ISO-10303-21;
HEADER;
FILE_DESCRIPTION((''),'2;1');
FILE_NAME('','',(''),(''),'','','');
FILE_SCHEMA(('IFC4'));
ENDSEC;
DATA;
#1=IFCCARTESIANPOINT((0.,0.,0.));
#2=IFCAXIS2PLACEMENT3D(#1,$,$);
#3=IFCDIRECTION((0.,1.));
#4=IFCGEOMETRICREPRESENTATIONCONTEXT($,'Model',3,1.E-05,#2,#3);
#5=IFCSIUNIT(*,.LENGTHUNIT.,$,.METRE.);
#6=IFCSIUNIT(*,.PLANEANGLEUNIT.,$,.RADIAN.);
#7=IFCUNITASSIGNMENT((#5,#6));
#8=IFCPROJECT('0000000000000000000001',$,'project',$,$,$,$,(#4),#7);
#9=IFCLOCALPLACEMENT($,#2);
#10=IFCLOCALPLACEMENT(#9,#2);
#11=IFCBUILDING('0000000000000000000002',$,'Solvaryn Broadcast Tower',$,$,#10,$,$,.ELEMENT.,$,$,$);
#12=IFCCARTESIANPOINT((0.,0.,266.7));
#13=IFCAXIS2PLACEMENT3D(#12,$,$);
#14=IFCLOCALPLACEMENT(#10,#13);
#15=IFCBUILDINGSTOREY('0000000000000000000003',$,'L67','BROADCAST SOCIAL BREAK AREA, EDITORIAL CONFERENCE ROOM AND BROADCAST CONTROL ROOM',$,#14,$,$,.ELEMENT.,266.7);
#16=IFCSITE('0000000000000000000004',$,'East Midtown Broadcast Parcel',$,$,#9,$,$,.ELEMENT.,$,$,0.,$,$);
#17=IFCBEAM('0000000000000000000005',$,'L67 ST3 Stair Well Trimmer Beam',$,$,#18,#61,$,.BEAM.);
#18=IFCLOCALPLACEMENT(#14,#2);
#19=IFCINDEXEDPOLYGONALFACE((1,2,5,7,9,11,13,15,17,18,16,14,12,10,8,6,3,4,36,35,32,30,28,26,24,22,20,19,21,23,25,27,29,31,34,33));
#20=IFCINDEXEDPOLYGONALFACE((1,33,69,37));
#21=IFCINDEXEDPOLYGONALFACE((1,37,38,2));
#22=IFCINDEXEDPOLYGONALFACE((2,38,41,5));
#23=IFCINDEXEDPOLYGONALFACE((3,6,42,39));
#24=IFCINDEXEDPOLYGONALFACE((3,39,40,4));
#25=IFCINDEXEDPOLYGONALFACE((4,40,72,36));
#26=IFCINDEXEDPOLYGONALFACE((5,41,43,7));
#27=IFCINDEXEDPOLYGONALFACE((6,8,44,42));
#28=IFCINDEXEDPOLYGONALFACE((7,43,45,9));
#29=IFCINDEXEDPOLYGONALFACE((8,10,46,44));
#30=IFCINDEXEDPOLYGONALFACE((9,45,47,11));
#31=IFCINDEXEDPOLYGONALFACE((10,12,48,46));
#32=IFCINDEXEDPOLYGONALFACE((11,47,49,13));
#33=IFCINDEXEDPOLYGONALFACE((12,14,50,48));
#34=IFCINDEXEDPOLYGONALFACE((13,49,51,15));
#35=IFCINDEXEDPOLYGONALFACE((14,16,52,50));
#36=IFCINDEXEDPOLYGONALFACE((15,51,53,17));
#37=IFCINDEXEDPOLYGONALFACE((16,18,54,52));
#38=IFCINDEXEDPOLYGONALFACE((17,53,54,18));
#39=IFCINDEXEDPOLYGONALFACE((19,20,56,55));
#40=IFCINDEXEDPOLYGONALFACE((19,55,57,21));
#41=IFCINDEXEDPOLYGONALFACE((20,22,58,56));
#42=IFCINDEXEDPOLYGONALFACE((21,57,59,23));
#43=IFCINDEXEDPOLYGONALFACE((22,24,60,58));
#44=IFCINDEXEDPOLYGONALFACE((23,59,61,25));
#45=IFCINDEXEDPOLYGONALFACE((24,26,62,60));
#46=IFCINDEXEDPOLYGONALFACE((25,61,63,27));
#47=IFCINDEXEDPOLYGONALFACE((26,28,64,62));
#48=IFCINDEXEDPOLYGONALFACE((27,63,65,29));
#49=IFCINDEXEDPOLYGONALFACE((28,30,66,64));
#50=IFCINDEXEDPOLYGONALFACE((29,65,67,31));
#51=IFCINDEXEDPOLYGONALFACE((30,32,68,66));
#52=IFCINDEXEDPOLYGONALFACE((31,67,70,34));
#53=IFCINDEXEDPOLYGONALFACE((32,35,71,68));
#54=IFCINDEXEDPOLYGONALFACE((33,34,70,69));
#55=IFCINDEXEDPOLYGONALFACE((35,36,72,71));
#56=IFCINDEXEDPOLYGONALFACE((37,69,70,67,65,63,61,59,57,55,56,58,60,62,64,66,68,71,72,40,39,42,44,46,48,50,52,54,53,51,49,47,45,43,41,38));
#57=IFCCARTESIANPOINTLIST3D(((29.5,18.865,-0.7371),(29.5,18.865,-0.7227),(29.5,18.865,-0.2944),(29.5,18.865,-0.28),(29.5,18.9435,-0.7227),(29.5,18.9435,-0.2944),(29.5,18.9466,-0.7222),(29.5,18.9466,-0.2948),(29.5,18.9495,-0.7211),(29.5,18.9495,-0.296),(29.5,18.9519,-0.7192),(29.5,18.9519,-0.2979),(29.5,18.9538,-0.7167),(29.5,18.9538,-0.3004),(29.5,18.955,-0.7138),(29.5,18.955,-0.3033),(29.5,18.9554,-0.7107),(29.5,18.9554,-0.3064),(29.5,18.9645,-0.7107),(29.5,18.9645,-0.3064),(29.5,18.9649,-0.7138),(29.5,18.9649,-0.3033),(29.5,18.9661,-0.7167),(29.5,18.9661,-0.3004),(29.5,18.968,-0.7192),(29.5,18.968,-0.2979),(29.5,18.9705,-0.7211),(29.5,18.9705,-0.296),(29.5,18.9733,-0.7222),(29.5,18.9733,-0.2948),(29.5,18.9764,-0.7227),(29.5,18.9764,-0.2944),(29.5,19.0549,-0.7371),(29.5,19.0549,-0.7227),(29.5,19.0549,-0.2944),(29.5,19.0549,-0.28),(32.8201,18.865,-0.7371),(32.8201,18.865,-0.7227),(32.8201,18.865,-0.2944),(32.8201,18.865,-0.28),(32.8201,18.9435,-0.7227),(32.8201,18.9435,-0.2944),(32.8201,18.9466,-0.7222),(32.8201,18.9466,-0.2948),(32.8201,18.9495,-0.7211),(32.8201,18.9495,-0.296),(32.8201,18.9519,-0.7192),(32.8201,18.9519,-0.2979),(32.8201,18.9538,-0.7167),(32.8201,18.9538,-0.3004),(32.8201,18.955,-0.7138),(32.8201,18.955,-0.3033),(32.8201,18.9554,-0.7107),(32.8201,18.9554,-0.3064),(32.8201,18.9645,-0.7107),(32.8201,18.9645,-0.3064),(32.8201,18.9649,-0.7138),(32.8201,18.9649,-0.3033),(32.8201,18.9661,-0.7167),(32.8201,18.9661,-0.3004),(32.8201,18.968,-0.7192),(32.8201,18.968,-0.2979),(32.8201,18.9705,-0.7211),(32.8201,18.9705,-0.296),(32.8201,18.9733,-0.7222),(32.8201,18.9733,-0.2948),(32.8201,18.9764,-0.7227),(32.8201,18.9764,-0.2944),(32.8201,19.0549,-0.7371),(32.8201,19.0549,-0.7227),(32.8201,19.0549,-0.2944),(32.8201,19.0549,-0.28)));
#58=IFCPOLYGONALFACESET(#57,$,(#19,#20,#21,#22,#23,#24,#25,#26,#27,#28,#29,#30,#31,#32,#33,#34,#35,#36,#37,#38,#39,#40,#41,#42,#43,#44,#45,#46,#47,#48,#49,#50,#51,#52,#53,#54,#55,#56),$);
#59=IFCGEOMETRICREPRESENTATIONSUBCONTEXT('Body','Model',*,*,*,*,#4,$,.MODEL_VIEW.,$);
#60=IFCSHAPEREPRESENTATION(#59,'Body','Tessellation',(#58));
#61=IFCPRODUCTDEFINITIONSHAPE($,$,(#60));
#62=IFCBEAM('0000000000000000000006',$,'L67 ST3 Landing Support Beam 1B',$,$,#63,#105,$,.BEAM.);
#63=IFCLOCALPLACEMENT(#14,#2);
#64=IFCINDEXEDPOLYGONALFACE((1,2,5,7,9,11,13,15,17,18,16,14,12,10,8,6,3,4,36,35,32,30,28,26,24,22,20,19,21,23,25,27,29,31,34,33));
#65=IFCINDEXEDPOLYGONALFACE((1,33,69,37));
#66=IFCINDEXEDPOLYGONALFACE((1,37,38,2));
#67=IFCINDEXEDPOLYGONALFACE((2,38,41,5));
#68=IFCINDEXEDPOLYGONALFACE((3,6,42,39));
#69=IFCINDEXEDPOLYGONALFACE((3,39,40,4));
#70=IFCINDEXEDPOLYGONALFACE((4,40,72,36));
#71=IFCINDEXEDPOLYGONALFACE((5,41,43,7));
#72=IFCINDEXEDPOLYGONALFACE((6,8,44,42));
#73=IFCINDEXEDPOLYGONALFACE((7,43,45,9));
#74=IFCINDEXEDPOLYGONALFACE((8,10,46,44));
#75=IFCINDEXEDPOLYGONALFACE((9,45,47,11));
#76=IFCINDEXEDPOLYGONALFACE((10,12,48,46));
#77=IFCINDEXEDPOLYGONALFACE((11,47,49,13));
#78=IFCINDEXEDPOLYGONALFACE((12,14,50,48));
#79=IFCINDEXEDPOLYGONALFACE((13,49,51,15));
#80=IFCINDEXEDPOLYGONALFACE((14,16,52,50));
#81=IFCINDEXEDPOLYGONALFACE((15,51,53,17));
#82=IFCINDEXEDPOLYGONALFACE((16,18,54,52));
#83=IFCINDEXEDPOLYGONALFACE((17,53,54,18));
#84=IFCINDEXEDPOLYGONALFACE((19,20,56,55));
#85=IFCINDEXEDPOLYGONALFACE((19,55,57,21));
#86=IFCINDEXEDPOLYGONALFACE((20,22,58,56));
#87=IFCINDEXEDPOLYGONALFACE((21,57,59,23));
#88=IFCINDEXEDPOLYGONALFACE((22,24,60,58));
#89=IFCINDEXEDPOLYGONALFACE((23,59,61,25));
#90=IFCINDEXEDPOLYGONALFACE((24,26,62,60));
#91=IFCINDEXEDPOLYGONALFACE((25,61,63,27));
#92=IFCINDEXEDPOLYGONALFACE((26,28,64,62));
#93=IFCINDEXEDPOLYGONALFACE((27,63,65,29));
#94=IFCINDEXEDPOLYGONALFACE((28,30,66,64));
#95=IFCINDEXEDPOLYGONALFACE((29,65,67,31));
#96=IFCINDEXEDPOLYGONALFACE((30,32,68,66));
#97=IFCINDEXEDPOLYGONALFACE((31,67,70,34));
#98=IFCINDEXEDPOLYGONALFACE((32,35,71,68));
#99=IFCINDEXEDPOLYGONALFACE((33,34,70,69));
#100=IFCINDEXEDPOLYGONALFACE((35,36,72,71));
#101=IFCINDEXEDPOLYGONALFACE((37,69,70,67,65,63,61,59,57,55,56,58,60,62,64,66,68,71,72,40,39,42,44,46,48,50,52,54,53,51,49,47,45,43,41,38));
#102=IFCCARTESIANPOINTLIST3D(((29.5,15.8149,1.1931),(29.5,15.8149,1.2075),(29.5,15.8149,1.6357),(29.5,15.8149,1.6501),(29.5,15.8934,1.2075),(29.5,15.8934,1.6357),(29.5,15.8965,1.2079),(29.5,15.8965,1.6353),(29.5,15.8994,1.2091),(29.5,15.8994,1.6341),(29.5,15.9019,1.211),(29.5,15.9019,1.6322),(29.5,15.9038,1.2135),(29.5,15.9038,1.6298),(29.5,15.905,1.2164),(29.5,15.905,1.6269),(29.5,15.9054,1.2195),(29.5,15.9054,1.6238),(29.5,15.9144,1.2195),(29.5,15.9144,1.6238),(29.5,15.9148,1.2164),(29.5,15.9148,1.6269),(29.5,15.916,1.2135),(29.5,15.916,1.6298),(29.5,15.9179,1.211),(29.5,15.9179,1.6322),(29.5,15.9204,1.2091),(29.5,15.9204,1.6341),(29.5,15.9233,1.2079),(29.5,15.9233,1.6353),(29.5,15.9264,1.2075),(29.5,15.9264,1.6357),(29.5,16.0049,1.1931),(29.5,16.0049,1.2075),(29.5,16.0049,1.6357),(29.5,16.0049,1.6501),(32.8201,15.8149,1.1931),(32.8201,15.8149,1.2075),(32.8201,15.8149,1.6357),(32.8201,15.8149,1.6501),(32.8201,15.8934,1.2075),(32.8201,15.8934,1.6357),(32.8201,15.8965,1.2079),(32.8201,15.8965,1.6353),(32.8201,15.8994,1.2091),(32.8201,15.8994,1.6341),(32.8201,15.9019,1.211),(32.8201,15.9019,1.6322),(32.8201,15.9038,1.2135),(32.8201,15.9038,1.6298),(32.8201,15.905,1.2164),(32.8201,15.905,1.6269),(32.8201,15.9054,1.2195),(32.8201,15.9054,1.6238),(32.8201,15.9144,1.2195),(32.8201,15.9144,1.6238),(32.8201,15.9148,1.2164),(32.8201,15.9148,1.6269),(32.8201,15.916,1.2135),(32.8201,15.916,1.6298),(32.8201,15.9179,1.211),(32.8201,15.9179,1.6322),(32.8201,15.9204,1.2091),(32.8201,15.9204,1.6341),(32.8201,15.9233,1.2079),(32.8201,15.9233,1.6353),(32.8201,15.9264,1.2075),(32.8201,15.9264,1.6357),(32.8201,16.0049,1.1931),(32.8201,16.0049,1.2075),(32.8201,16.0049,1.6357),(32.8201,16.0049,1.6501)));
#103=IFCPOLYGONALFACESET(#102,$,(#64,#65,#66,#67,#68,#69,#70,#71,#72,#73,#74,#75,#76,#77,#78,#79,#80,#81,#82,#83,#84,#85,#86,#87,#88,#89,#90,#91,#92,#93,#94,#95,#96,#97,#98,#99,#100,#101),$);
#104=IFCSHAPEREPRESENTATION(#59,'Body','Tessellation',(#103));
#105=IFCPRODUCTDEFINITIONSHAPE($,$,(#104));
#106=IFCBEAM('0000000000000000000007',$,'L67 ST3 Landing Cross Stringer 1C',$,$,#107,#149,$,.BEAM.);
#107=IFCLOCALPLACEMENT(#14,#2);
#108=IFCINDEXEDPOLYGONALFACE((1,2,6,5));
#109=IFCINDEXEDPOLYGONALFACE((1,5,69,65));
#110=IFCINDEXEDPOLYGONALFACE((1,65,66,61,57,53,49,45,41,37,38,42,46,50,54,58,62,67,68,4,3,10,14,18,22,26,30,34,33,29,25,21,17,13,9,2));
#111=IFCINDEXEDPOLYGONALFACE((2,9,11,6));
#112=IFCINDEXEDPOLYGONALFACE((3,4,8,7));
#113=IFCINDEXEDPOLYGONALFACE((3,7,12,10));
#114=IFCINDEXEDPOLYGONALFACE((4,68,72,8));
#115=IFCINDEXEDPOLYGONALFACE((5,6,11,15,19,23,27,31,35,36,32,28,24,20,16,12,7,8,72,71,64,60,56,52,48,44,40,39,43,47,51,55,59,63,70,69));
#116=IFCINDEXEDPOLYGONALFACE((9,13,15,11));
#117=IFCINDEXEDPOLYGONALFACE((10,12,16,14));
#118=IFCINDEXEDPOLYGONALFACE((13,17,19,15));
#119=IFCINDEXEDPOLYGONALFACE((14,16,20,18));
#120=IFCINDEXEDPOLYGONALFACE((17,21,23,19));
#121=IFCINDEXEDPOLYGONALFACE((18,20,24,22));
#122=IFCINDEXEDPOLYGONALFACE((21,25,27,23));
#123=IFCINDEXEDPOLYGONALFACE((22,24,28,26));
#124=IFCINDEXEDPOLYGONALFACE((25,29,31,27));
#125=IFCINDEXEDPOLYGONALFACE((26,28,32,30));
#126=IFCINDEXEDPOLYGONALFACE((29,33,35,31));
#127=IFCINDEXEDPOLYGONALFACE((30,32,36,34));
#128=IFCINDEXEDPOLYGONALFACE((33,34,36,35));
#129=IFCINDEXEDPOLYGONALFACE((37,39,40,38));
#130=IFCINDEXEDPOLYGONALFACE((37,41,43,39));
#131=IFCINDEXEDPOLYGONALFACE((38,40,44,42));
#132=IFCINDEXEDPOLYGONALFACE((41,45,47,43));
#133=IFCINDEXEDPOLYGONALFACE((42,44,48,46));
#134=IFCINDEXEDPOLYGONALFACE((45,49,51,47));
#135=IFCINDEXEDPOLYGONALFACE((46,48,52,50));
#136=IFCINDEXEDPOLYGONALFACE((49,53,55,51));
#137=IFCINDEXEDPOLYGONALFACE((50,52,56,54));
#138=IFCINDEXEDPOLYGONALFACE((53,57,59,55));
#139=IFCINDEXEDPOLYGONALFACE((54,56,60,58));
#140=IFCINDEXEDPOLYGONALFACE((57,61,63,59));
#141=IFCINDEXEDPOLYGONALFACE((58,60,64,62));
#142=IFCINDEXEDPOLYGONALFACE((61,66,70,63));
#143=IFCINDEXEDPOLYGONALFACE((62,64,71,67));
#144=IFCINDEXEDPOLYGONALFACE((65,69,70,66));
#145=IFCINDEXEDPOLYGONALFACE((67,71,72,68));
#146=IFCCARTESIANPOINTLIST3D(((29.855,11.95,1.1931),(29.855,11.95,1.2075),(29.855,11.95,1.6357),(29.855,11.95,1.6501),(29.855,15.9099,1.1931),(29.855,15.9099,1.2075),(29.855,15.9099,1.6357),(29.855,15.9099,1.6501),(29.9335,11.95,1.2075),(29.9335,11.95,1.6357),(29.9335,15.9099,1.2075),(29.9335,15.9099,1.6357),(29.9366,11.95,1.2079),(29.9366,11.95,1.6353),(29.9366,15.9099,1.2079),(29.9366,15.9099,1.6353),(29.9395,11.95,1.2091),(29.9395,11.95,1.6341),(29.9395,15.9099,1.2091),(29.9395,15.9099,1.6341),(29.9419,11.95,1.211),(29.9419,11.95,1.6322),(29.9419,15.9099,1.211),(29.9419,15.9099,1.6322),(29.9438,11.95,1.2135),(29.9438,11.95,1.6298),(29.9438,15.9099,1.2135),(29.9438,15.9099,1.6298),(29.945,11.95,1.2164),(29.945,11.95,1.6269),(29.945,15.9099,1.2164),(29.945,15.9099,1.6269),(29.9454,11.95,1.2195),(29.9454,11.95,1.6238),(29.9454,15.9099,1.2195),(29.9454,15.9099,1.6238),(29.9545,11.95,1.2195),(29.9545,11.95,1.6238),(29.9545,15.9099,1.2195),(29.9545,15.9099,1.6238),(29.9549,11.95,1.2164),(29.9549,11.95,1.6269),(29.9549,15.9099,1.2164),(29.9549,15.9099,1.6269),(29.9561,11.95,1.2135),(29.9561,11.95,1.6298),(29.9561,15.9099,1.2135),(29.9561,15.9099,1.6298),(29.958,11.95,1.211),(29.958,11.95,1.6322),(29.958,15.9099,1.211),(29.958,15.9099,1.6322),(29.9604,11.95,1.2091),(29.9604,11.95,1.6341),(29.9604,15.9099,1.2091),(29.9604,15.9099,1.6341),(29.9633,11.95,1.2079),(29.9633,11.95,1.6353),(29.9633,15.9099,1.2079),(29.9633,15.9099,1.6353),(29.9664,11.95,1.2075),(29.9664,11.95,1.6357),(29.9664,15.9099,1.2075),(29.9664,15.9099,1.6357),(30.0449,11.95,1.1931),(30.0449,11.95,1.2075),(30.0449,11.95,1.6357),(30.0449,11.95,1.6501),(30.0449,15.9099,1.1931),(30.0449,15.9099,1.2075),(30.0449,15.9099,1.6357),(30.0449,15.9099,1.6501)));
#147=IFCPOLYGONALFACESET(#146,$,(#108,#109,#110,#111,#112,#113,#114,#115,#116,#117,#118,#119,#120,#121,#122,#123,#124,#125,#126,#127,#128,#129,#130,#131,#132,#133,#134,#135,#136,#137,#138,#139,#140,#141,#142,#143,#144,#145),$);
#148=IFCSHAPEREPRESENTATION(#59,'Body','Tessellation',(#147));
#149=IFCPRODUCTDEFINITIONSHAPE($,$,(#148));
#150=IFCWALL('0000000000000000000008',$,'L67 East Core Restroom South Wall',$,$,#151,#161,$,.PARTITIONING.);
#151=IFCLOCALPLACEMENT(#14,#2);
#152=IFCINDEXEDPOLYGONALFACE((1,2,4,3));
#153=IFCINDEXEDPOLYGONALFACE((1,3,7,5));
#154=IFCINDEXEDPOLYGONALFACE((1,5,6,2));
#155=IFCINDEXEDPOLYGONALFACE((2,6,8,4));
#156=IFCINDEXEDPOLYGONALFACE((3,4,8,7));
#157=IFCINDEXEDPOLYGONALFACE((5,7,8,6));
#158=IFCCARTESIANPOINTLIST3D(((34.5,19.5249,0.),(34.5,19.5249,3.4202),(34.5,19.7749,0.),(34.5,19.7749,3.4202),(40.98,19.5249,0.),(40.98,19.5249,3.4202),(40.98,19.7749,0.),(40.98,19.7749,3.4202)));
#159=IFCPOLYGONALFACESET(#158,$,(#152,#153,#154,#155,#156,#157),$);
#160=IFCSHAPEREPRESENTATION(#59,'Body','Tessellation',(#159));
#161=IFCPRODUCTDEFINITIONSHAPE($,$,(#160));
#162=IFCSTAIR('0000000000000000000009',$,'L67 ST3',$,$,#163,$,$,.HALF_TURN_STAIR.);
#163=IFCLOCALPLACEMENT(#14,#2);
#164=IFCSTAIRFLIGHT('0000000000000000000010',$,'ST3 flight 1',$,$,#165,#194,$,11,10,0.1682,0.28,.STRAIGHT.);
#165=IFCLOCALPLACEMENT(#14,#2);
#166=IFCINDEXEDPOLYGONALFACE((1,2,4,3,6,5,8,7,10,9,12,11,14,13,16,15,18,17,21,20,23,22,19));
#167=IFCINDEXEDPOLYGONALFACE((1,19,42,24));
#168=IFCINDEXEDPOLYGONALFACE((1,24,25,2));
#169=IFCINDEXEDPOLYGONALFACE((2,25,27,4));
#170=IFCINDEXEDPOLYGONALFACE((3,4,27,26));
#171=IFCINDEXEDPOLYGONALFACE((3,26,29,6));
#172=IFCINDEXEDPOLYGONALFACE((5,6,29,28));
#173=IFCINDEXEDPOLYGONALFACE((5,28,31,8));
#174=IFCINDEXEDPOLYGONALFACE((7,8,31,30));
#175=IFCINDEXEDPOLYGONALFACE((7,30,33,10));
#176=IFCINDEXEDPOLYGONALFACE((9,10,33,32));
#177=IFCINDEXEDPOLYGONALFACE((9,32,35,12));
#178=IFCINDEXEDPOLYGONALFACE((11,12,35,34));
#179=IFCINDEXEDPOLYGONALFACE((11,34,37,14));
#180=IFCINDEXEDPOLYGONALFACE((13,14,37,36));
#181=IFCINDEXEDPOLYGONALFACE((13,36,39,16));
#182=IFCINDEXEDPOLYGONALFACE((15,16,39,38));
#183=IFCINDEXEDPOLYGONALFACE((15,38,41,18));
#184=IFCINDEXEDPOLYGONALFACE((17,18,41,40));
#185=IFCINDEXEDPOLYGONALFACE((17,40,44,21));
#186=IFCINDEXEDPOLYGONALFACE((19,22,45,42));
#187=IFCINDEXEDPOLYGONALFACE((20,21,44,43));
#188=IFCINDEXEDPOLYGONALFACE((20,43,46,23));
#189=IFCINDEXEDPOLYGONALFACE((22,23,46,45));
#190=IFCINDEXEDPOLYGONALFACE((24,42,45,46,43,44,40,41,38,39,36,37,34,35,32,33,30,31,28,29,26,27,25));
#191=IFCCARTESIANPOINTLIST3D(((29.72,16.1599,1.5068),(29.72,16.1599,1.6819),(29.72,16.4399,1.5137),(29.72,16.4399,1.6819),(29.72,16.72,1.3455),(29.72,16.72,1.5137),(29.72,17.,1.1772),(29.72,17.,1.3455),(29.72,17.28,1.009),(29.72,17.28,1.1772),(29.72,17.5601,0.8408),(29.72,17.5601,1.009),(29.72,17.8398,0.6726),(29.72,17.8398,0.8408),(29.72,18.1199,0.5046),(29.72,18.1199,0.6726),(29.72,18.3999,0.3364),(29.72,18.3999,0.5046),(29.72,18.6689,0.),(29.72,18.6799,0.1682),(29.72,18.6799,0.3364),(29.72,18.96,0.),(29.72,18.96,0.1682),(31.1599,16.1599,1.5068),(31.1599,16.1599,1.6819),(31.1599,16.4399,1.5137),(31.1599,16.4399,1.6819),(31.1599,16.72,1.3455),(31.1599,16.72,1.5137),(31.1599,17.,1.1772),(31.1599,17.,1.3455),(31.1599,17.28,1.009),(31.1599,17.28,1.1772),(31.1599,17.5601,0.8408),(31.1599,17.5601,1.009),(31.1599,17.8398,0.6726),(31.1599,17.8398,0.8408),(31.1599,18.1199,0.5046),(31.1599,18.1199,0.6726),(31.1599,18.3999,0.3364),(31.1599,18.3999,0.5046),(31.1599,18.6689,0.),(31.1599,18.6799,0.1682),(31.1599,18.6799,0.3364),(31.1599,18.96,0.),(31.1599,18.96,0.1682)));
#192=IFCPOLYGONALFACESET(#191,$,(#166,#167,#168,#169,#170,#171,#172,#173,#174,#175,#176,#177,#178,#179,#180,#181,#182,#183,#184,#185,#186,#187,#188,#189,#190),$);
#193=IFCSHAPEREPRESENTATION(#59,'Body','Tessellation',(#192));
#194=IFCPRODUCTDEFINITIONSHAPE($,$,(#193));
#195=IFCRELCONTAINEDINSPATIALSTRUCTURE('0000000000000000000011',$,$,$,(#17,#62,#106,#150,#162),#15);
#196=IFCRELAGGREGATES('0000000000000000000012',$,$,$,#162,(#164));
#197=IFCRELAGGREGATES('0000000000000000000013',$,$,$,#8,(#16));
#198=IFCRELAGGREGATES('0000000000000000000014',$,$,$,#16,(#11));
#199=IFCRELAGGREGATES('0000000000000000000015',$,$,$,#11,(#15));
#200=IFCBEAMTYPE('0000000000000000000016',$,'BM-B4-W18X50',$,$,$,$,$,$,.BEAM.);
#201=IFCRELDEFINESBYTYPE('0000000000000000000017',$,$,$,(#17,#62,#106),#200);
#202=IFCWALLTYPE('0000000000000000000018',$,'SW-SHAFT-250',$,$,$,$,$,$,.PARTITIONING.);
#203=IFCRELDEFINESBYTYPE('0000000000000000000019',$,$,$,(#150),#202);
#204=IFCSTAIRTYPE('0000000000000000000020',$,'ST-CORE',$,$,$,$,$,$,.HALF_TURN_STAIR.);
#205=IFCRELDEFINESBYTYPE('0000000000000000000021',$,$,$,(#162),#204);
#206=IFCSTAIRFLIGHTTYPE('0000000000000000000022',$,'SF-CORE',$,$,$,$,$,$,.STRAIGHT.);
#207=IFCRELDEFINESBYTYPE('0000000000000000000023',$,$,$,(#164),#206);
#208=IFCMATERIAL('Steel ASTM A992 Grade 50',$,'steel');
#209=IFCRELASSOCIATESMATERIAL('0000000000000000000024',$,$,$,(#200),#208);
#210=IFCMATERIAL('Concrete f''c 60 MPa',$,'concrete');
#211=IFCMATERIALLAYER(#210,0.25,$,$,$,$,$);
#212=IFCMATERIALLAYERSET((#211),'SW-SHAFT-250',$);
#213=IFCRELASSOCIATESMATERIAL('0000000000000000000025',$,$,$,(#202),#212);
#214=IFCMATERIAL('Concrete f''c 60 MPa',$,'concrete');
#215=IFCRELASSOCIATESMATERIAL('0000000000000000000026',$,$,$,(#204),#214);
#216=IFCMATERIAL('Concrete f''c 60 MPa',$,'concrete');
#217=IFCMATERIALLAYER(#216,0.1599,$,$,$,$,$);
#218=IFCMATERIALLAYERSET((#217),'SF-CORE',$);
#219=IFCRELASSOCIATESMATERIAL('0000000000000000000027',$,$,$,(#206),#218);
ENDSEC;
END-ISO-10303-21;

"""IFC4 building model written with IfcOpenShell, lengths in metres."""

from ifc_helpers import new_model, si_unit, direction, frame, frame_2d, origin, origin_2d, place, context, subcontext, project, spatial, polyline, rectangle, i_section, outline, extrude, material, layer, layer_set, material_profile, profile_set, type_object, element, aggregate, save


model = new_model("IFC4")

# Units and contexts
model_context = context("Model", 3, precision=1e-05, world=origin(), true_north=direction((0.0, 1.0)))
body_context = subcontext(model_context, "Body", "Model", "MODEL_VIEW")
ifc_project = project(units=[si_unit("LENGTHUNIT", "METRE"), si_unit("PLANEANGLEUNIT", "RADIAN")], contexts=[model_context])

# Site, building, storey
site_placement = place(None, origin())
site = spatial("IfcSite", under=ifc_project, at=site_placement, Name="East Midtown Broadcast Parcel", CompositionType="ELEMENT", RefElevation=0.0)
building_placement = place(site_placement, origin())
building = spatial("IfcBuilding", under=site, at=building_placement, Name="Solvaryn Broadcast Tower", CompositionType="ELEMENT")
storey_placement = place(building_placement, frame((0.0, 0.0, 266.7)))
storey = spatial("IfcBuildingStorey", under=building, at=storey_placement, Name="L67", Description="BROADCAST SOCIAL BREAK AREA, EDITORIAL CONFERENCE ROOM AND BROADCAST CONTROL ROOM", CompositionType="ELEMENT", Elevation=266.7)

# Beams
ifc_material_1 = material(Name="Steel ASTM A992 Grade 50", Category="steel")
ifc_material_profile_1 = material_profile(ifc_material_1, i_section(OverallWidth=0.1899, OverallDepth=0.457, WebThickness=0.009, FlangeThickness=0.0144, FilletRadius=0.012, at=origin_2d()))
ifc_profile_set_1 = profile_set([ifc_material_profile_1], Name="Steel ASTM A992 Grade 50")
beam_type_1 = type_object("IfcBeamType", Name="BM-B4-W18X50", PredefinedType="BEAM", material=ifc_profile_set_1)
for number, where, z_axis, x_axis, name in (
    (1, (29.5, 18.96, -0.5085), (1.0, 0.0, 0.0), (0.0, 1.0, 0.0), "L67 ST3 Stair Well Trimmer Beam"),
    (2, (29.5, 15.9099, 1.4216), (1.0, 0.0, 0.0), (0.0, 1.0, 0.0), "L67 ST3 Landing Support Beam 1B"),
):
    element("IfcBeam", number, at=place(storey_placement, frame(where, z_axis=z_axis, x_axis=x_axis)), inside=storey, type_object=beam_type_1, Name=name, PredefinedType="BEAM", context=body_context, shape_type="SweptSolid", body=[
        extrude(i_section(OverallWidth=0.1899, OverallDepth=0.457, WebThickness=0.009, FlangeThickness=0.0144, FilletRadius=0.012, at=origin_2d()), origin(), (0.0, 0.0, 1.0), 3.3201),
    ])
beam_1_placement = place(storey_placement, frame((29.95, 11.95, 1.4216), z_axis=(0.0, 1.0, 0.0), x_axis=(-1.0, 0.0, 0.0)))
element("IfcBeam", 3, at=beam_1_placement, inside=storey, type_object=beam_type_1, Name="L67 ST3 Landing Cross Stringer 1C", PredefinedType="BEAM", context=body_context, shape_type="SweptSolid", body=[
    extrude(i_section(OverallWidth=0.1899, OverallDepth=0.457, WebThickness=0.009, FlangeThickness=0.0144, FilletRadius=0.012, at=origin_2d()), origin(), (0.0, 0.0, 1.0), 3.96),
])

# Shared definitions
ifc_material_2 = material(Name="Concrete f'c 60 MPa", Category="concrete")
ifc_layer_1 = layer(ifc_material_2, 0.25)
ifc_layer_set_1 = layer_set([ifc_layer_1], Name="SW-SHAFT-250")
wall_type_1 = type_object("IfcWallType", Name="SW-SHAFT-250", PredefinedType="PARTITIONING", material=ifc_layer_set_1)

# Wall
wall_1_placement = place(storey_placement, frame((34.5, 19.6499, 0.0), z_axis=(0.0, 0.0, 1.0), x_axis=(1.0, 0.0, 0.0)))
element("IfcWall", 4, at=wall_1_placement, inside=storey, type_object=wall_type_1, Name="L67 East Core Restroom South Wall", PredefinedType="PARTITIONING", context=body_context, shape_type="SweptSolid", body=[
    extrude(rectangle(XDim=6.48, YDim=0.25, at=frame_2d((3.24, 0.0))), origin(), (0.0, 0.0, 1.0), 3.4202),
])

# Stair, stair flight
ifc_material_3 = material(Name="Concrete f'c 60 MPa", Category="concrete")
stair_type = type_object("IfcStairType", Name="ST-CORE", PredefinedType="HALF_TURN_STAIR", material=ifc_material_3)
stair_placement = place(storey_placement, origin())
stair = element("IfcStair", 5, at=stair_placement, inside=storey, type_object=stair_type, Name="L67 ST3", PredefinedType="HALF_TURN_STAIR")
ifc_material_4 = material(Name="Concrete f'c 60 MPa", Category="concrete")
ifc_layer_2 = layer(ifc_material_4, 0.1599)
ifc_layer_set_2 = layer_set([ifc_layer_2], Name="SF-CORE")
stair_flight_type = type_object("IfcStairFlightType", Name="SF-CORE", PredefinedType="STRAIGHT", material=ifc_layer_set_2)
stair_flight_1_placement = place(storey_placement, frame((30.4399, 18.96, 0.0), z_axis=(0.0, 0.0, 1.0), x_axis=(0.0, -1.0, 0.0)))
stair_flight_1 = element("IfcStairFlight", 6, at=stair_flight_1_placement, type_object=stair_flight_type, Name="ST3 flight 1", NumberOfRisers=11, NumberOfTreads=10, PredefinedType="STRAIGHT", RiserHeight=0.1682, TreadLength=0.28, context=body_context, shape_type="SweptSolid", body=[
    extrude(outline(polyline([(0.0, 0.0), (0.0, 0.1682), (0.28, 0.1682), (0.28, 0.3364), (0.5601, 0.3364), (0.5601, 0.5046), (0.8401, 0.5046), (0.8401, 0.6726), (1.1201, 0.6726), (1.1201, 0.8408), (1.3999, 0.8408), (1.3999, 1.009), (1.6799, 1.009), (1.6799, 1.1772), (1.96, 1.1772), (1.96, 1.3455), (2.24, 1.3455), (2.24, 1.5137), (2.52, 1.5137), (2.52, 1.6819), (2.8, 1.6819), (2.8, 1.8501), (2.8, 1.5068), (0.291, 0.0), (0.0, 0.0)])), frame((0.0, 0.72, 0.0), z_axis=(0.0, -1.0, 0.0), x_axis=(1.0, 0.0, 0.0)), (0.0, 0.0, 1.0), 1.4399),
])
aggregate(stair, [stair_flight_1])

save(model, "model.ifc")
